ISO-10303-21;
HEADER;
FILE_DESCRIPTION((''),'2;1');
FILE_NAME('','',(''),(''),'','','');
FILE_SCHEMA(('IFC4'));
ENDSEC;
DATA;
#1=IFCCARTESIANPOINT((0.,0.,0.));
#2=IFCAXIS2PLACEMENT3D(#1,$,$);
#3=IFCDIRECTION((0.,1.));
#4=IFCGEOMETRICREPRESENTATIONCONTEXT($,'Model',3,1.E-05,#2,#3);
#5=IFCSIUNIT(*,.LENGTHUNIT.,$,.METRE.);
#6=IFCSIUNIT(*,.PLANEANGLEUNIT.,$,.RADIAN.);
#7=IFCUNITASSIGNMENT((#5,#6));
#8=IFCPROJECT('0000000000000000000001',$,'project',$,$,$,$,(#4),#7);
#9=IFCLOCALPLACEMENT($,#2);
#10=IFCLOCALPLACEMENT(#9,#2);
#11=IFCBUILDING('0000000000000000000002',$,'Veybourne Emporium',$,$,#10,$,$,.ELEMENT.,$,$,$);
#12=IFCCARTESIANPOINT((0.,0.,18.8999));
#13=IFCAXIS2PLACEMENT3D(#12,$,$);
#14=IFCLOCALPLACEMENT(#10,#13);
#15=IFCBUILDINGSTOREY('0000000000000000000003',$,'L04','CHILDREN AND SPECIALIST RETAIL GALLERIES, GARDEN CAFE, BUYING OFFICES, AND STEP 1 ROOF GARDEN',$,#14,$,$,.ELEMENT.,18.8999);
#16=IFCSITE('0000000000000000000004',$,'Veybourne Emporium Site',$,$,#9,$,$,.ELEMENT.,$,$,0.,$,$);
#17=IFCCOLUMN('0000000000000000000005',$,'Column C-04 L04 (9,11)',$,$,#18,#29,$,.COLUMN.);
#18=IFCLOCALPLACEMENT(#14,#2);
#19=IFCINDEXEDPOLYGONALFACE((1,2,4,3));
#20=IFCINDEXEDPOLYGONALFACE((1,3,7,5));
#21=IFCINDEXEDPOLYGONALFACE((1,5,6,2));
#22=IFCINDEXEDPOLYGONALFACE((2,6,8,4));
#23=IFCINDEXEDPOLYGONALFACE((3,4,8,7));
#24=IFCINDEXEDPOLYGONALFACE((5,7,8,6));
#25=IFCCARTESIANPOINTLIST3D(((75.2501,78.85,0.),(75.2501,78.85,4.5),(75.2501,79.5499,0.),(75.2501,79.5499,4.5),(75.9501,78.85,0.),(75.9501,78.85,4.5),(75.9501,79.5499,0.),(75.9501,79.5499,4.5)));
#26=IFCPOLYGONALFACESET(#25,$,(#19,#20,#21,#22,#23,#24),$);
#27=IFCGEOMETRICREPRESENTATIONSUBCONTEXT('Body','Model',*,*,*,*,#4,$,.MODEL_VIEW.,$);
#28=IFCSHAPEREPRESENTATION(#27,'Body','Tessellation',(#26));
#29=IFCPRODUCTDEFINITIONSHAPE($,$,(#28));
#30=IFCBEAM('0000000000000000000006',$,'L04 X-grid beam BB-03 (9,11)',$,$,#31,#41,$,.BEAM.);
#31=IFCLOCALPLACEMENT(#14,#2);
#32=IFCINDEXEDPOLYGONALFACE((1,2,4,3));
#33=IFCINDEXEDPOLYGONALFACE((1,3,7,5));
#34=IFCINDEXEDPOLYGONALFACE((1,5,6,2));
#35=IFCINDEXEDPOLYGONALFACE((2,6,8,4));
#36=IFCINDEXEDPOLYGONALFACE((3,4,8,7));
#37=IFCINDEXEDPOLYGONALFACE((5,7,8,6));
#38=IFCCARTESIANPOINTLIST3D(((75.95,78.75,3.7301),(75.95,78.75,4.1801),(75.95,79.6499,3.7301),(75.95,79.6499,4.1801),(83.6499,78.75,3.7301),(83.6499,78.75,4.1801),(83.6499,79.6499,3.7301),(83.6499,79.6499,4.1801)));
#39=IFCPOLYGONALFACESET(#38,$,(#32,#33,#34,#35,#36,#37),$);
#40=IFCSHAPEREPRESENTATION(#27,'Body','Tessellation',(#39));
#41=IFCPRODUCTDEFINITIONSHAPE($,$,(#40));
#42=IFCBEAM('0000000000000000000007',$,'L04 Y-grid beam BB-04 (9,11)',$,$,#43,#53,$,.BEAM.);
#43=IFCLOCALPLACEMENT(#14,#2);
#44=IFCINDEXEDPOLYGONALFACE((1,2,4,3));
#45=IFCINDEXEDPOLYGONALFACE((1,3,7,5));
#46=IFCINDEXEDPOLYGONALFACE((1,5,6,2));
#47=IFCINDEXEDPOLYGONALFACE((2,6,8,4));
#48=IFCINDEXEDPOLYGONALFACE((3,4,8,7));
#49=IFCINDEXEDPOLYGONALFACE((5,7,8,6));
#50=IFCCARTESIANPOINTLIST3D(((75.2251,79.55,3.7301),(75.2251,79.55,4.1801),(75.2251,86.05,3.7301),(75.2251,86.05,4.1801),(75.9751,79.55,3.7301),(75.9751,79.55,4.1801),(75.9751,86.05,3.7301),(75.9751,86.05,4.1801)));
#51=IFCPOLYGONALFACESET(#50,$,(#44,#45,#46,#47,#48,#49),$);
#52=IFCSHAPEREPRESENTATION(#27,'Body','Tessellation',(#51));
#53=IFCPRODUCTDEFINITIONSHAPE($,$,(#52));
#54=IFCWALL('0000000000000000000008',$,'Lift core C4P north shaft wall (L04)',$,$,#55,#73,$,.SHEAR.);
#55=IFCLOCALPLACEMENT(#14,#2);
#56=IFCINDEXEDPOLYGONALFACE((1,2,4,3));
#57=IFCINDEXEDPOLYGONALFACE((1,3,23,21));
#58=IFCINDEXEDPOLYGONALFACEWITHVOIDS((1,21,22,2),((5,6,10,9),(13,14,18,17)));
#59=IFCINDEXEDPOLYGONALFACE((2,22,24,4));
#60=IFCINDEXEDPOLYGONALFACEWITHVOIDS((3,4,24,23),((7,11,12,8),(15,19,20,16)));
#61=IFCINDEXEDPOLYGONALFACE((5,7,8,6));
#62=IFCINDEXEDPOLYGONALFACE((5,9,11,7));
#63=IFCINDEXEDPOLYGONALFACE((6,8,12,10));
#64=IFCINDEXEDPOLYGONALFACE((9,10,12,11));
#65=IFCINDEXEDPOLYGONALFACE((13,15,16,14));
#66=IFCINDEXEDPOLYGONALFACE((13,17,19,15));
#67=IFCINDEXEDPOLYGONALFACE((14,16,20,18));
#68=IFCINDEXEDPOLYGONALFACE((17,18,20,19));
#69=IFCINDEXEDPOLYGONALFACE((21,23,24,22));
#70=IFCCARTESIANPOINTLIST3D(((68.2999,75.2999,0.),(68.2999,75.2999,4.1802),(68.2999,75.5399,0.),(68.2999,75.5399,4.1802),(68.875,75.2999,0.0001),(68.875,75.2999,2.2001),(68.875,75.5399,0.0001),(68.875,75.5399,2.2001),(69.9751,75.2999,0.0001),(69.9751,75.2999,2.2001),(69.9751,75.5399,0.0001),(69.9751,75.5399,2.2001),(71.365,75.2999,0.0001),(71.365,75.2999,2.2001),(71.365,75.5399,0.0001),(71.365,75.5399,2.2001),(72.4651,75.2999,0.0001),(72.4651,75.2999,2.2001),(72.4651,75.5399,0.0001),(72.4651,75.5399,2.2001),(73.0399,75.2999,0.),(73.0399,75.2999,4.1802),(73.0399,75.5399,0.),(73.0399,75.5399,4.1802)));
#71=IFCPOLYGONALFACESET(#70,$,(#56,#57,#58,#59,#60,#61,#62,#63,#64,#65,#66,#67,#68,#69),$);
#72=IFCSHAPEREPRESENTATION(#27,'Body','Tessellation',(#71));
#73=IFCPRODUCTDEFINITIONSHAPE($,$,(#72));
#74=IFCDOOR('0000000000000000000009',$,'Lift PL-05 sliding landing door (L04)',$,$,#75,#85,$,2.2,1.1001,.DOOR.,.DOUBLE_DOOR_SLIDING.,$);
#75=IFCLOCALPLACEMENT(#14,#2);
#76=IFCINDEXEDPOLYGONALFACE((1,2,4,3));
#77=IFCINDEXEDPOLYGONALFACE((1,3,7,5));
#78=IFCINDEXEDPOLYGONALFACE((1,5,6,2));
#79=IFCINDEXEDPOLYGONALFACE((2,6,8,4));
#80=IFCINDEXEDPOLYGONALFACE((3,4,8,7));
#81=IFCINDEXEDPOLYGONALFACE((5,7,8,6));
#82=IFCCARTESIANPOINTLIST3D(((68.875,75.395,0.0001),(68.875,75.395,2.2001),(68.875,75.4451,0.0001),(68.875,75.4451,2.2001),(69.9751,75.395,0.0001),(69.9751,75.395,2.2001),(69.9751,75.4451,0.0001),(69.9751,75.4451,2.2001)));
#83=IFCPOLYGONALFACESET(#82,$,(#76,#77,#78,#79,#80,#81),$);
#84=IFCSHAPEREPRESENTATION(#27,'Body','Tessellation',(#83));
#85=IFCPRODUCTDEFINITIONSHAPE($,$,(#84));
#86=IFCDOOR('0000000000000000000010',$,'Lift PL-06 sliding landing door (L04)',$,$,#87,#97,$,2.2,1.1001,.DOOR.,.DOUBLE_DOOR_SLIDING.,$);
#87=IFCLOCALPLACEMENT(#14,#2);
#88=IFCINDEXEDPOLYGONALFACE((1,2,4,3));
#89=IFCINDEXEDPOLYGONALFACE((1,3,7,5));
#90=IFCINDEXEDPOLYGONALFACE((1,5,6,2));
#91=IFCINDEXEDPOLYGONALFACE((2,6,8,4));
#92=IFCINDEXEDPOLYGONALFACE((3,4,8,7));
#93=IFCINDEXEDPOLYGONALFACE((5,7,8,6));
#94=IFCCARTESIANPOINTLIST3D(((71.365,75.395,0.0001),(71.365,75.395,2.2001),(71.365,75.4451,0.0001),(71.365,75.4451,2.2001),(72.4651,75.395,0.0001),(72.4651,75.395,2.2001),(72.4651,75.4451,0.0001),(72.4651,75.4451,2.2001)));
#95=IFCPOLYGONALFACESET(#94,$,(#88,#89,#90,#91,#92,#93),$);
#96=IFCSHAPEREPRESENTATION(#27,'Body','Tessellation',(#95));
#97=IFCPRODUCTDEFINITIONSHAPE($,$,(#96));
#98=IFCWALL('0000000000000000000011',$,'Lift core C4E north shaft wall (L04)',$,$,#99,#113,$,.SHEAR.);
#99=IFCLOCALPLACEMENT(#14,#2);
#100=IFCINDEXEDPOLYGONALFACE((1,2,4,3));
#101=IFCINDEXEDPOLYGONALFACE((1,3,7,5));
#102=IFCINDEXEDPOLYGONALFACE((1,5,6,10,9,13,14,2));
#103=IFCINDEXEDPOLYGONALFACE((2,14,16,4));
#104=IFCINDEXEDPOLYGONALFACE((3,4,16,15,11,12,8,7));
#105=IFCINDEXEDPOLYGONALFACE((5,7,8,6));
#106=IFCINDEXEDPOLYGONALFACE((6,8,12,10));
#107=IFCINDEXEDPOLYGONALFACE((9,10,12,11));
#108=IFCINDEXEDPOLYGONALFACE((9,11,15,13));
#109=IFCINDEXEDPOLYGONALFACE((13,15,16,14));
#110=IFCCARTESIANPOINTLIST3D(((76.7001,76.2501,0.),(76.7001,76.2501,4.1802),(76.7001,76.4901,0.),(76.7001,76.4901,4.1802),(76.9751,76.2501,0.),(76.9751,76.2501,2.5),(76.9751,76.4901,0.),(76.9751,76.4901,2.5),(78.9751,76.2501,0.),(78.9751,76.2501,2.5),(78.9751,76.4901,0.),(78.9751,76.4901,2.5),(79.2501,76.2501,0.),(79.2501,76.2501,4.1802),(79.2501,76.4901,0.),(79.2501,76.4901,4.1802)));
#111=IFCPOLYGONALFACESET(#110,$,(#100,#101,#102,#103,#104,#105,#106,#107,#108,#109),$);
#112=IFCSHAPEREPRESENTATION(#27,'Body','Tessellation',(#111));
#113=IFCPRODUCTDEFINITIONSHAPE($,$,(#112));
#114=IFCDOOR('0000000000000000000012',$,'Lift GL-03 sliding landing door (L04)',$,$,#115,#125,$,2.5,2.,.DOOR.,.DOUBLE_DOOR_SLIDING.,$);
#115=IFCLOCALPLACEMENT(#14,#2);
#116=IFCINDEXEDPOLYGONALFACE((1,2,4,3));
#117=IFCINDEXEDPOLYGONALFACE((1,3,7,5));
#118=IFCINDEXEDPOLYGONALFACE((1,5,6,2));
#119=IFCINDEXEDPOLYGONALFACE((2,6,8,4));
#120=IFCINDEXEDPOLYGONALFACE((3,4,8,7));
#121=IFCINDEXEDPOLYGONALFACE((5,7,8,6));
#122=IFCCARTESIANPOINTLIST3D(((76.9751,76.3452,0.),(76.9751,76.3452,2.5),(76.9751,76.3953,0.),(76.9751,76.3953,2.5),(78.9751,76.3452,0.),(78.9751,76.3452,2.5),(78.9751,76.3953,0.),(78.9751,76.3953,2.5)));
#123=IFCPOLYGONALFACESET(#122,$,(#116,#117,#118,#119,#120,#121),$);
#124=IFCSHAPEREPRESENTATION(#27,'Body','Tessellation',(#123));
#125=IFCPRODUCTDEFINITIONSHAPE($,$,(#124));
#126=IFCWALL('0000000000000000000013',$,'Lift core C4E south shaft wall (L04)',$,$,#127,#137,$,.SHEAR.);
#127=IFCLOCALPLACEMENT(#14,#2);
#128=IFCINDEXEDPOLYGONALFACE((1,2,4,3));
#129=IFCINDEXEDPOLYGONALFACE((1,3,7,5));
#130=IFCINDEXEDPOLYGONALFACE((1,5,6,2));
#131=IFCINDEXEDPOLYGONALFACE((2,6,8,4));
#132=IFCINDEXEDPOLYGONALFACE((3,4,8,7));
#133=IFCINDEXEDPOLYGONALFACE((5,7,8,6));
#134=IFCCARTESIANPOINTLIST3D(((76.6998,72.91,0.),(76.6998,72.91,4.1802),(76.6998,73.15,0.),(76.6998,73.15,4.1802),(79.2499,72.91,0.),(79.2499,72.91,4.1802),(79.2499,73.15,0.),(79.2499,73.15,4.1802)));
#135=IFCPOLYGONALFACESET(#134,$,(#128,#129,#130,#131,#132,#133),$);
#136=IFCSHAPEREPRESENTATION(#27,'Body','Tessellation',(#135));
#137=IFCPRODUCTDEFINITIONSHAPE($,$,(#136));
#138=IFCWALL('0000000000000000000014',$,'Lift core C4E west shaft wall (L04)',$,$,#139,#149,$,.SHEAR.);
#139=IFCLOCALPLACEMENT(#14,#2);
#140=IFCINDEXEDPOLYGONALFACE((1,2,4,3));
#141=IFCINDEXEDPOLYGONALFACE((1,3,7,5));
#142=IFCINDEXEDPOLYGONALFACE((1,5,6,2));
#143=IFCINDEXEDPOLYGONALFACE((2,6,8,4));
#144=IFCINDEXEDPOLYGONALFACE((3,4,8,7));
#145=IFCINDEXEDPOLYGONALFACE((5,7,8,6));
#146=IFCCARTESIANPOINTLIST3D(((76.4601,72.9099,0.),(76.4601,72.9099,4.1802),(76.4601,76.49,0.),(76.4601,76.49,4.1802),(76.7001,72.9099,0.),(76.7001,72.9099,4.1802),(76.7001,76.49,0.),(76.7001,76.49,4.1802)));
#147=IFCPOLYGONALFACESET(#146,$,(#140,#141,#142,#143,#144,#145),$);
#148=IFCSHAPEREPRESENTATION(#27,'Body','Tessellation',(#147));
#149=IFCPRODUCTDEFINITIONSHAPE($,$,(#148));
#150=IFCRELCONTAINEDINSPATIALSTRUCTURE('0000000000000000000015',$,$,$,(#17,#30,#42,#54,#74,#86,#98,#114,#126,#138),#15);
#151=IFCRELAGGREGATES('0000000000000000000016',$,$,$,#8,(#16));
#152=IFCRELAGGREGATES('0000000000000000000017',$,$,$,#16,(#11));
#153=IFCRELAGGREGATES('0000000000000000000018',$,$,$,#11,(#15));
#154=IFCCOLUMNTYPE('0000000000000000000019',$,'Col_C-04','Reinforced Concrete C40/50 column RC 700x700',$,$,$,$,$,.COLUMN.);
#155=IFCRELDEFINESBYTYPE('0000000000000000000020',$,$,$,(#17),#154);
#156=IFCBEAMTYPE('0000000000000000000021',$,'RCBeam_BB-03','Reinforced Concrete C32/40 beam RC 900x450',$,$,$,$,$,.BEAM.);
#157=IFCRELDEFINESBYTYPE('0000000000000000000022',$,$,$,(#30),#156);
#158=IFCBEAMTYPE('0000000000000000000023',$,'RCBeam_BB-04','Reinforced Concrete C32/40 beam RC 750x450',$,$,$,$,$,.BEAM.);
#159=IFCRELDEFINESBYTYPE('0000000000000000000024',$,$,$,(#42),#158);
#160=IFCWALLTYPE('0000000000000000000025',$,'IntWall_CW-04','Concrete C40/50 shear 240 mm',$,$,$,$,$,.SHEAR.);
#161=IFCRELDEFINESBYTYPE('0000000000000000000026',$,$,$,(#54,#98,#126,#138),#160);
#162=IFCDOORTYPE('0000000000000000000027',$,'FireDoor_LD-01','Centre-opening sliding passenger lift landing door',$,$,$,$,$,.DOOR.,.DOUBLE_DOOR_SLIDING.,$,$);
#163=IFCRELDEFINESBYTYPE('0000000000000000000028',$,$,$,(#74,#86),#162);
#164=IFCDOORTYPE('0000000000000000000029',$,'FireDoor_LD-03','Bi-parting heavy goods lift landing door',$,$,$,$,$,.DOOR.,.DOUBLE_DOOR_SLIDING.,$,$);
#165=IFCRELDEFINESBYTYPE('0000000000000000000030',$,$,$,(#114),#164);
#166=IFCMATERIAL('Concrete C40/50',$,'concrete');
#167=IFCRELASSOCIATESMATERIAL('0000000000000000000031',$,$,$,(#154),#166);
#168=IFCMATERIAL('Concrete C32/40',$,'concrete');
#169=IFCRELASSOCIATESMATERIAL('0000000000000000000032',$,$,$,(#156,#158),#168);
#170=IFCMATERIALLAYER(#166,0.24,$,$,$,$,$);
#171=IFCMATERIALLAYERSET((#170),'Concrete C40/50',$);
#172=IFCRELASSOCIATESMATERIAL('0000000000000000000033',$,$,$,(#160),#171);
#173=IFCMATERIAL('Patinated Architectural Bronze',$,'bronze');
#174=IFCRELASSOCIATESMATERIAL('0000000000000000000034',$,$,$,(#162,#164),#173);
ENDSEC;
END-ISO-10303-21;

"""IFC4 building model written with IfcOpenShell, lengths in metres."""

from ifc_helpers import new_model, si_unit, direction, frame, frame_2d, origin, origin_2d, place, context, subcontext, project, spatial, rectangle, extrude, material, layer, layer_set, material_profile, profile_set, type_object, element, fill, save


model = new_model("IFC4")

# Units and contexts
model_context = context("Model", 3, precision=1e-05, world=origin(), true_north=direction((0.0, 1.0)))
body_context = subcontext(model_context, "Body", "Model", "MODEL_VIEW")
ifc_project = project(units=[si_unit("LENGTHUNIT", "METRE"), si_unit("PLANEANGLEUNIT", "RADIAN")], contexts=[model_context])

# Site, building, storey
site_placement = place(None, origin())
site = spatial("IfcSite", under=ifc_project, at=site_placement, Name="Veybourne Emporium Site", CompositionType="ELEMENT", RefElevation=0.0)
building_placement = place(site_placement, origin())
building = spatial("IfcBuilding", under=site, at=building_placement, Name="Veybourne Emporium", CompositionType="ELEMENT")
storey_placement = place(building_placement, frame((0.0, 0.0, 18.8999)))
storey = spatial("IfcBuildingStorey", under=building, at=storey_placement, Name="L04", Description="CHILDREN AND SPECIALIST RETAIL GALLERIES, GARDEN CAFE, BUYING OFFICES, AND STEP 1 ROOF GARDEN", CompositionType="ELEMENT", Elevation=18.8999)

# Column
ifc_material_1 = material(Name="Concrete C40/50", Category="concrete")
ifc_material_profile_1 = material_profile(ifc_material_1, rectangle(XDim=0.7, YDim=0.7, at=origin_2d()), Name="RC 700x700")
ifc_profile_set_1 = profile_set([ifc_material_profile_1], Name="Concrete C40/50")
column_type = type_object("IfcColumnType", Name="Col_C-04", Description="Reinforced Concrete C40/50 column RC 700x700", PredefinedType="COLUMN", material=ifc_profile_set_1)
column_placement = place(storey_placement, frame((75.6001, 79.2, 0.0), z_axis=(0.0, 0.0, 1.0), x_axis=(1.0, 0.0, 0.0)))
element("IfcColumn", 1, at=column_placement, inside=storey, type_object=column_type, Name="Column C-04 L04 (9,11)", PredefinedType="COLUMN", context=body_context, shape_type="SweptSolid", body=[
    extrude(rectangle(XDim=0.7, YDim=0.7, at=origin_2d()), origin(), (0.0, 0.0, 1.0), 4.5),
])

# Beams
ifc_material_2 = material(Name="Concrete C32/40", Category="concrete")
ifc_material_profile_2 = material_profile(ifc_material_2, rectangle(XDim=0.8999, YDim=0.45, at=origin_2d()), Name="RC 900x450")
ifc_profile_set_2 = profile_set([ifc_material_profile_2], Name="Concrete C32/40")
beam_type_1 = type_object("IfcBeamType", Name="RCBeam_BB-03", Description="Reinforced Concrete C32/40 beam RC 900x450", PredefinedType="BEAM", material=ifc_profile_set_2)
beam_1_placement = place(storey_placement, frame((75.95, 79.2, 3.9551), z_axis=(1.0, 0.0, 0.0), x_axis=(0.0, 1.0, 0.0)))
element("IfcBeam", 2, at=beam_1_placement, inside=storey, type_object=beam_type_1, Name="L04 X-grid beam BB-03 (9,11)", PredefinedType="BEAM", context=body_context, shape_type="SweptSolid", body=[
    extrude(rectangle(XDim=0.8999, YDim=0.45, at=origin_2d()), origin(), (0.0, 0.0, 1.0), 7.7),
])
ifc_material_profile_3 = material_profile(ifc_material_2, rectangle(XDim=0.75, YDim=0.45, at=origin_2d()), Name="RC 750x450")
ifc_profile_set_3 = profile_set([ifc_material_profile_3], Name="Concrete C32/40")
beam_type_2 = type_object("IfcBeamType", Name="RCBeam_BB-04", Description="Reinforced Concrete C32/40 beam RC 750x450", PredefinedType="BEAM", material=ifc_profile_set_3)
beam_2_placement = place(storey_placement, frame((75.6001, 79.55, 3.9551), z_axis=(0.0, 1.0, 0.0), x_axis=(-1.0, 0.0, 0.0)))
element("IfcBeam", 3, at=beam_2_placement, inside=storey, type_object=beam_type_2, Name="L04 Y-grid beam BB-04 (9,11)", PredefinedType="BEAM", context=body_context, shape_type="SweptSolid", body=[
    extrude(rectangle(XDim=0.75, YDim=0.45, at=origin_2d()), origin(), (0.0, 0.0, 1.0), 6.5),
])

# Wall, openings, doors
ifc_layer_1 = layer(ifc_material_1, 0.24)
ifc_layer_set_1 = layer_set([ifc_layer_1], Name="Concrete C40/50")
wall_type_1 = type_object("IfcWallType", Name="IntWall_CW-04", Description="Concrete C40/50 shear 240 mm", PredefinedType="SHEAR", material=ifc_layer_set_1)
wall_1_placement = place(storey_placement, frame((73.04, 75.4199, 0.0), z_axis=(0.0, 0.0, 1.0), x_axis=(-1.0, 0.0, 0.0)))
wall_1 = element("IfcWall", 4, at=wall_1_placement, inside=storey, type_object=wall_type_1, Name="Lift core C4P north shaft wall (L04)", PredefinedType="SHEAR", context=body_context, shape_type="SweptSolid", body=[
    extrude(rectangle(XDim=4.74, YDim=0.24, at=frame_2d((2.3701, 0.0))), origin(), (0.0, 0.0, 1.0), 4.1802),
])
opening_1_placement = place(wall_1_placement, frame((3.0649, 0.0, 0.0)))
opening_1 = element("IfcOpeningElement", 5, at=opening_1_placement, cuts=wall_1, PredefinedType="OPENING", context=body_context, shape_type="SweptSolid", body=[
    extrude(rectangle(XDim=1.1001, YDim=2.2, at=frame_2d((0.55, 1.1001))), frame((0.0, 0.1401, 0.0), z_axis=(0.0, -1.0, 0.0), x_axis=(1.0, 0.0, 0.0)), (0.0, 0.0, 1.0), 0.28),
])
opening_2_placement = place(wall_1_placement, frame((0.575, 0.0, 0.0)))
opening_2 = element("IfcOpeningElement", 6, at=opening_2_placement, cuts=wall_1, PredefinedType="OPENING", context=body_context, shape_type="SweptSolid", body=[
    extrude(rectangle(XDim=1.1001, YDim=2.2, at=frame_2d((0.55, 1.1001))), frame((0.0, 0.1401, 0.0), z_axis=(0.0, -1.0, 0.0), x_axis=(1.0, 0.0, 0.0)), (0.0, 0.0, 1.0), 0.28),
])
ifc_material_3 = material(Name="Patinated Architectural Bronze", Category="bronze")
door_type_1 = type_object("IfcDoorType", Name="FireDoor_LD-01", Description="Centre-opening sliding passenger lift landing door", OperationType="DOUBLE_DOOR_SLIDING", PredefinedType="DOOR", material=ifc_material_3)
door_1_placement = place(opening_1_placement, origin())
door_1 = element("IfcDoor", 7, at=door_1_placement, inside=storey, type_object=door_type_1, Name="Lift PL-05 sliding landing door (L04)", OperationType="DOUBLE_DOOR_SLIDING", OverallHeight=2.2, OverallWidth=1.1001, PredefinedType="DOOR", context=body_context, shape_type="SweptSolid", body=[
    extrude(rectangle(XDim=1.1001, YDim=2.2, at=frame_2d((0.55, 1.1001))), frame((0.0, 0.0249, 0.0), z_axis=(0.0, -1.0, 0.0), x_axis=(1.0, 0.0, 0.0)), (0.0, 0.0, 1.0), 0.05),
])
fill(opening_1, door_1)
door_2_placement = place(opening_2_placement, origin())
door_2 = element("IfcDoor", 8, at=door_2_placement, inside=storey, type_object=door_type_1, Name="Lift PL-06 sliding landing door (L04)", OperationType="DOUBLE_DOOR_SLIDING", OverallHeight=2.2, OverallWidth=1.1001, PredefinedType="DOOR", context=body_context, shape_type="SweptSolid", body=[
    extrude(rectangle(XDim=1.1001, YDim=2.2, at=frame_2d((0.55, 1.1001))), frame((0.0, 0.0249, 0.0), z_axis=(0.0, -1.0, 0.0), x_axis=(1.0, 0.0, 0.0)), (0.0, 0.0, 1.0), 0.05),
])
fill(opening_2, door_2)

# Wall, opening, door
wall_2_placement = place(storey_placement, frame((79.25, 76.3701, 0.0), z_axis=(0.0, 0.0, 1.0), x_axis=(-1.0, 0.0, 0.0)))
wall_2 = element("IfcWall", 9, at=wall_2_placement, inside=storey, type_object=wall_type_1, Name="Lift core C4E north shaft wall (L04)", PredefinedType="SHEAR", context=body_context, shape_type="SweptSolid", body=[
    extrude(rectangle(XDim=2.55, YDim=0.24, at=frame_2d((1.2749, 0.0))), origin(), (0.0, 0.0, 1.0), 4.1802),
])
opening_3_placement = place(wall_2_placement, frame((0.2749, 0.0, 0.0)))
opening_3 = element("IfcOpeningElement", 10, at=opening_3_placement, cuts=wall_2, PredefinedType="OPENING", context=body_context, shape_type="SweptSolid", body=[
    extrude(rectangle(XDim=2.0, YDim=2.5, at=frame_2d((1.0, 1.25))), frame((0.0, 0.1401, 0.0), z_axis=(0.0, -1.0, 0.0), x_axis=(1.0, 0.0, 0.0)), (0.0, 0.0, 1.0), 0.28),
])
door_type_2 = type_object("IfcDoorType", Name="FireDoor_LD-03", Description="Bi-parting heavy goods lift landing door", OperationType="DOUBLE_DOOR_SLIDING", PredefinedType="DOOR", material=ifc_material_3)
door_3_placement = place(opening_3_placement, origin())
door_3 = element("IfcDoor", 11, at=door_3_placement, inside=storey, type_object=door_type_2, Name="Lift GL-03 sliding landing door (L04)", OperationType="DOUBLE_DOOR_SLIDING", OverallHeight=2.5, OverallWidth=2.0, PredefinedType="DOOR", context=body_context, shape_type="SweptSolid", body=[
    extrude(rectangle(XDim=2.0, YDim=2.5, at=frame_2d((1.0, 1.25))), frame((0.0, 0.0249, 0.0), z_axis=(0.0, -1.0, 0.0), x_axis=(1.0, 0.0, 0.0)), (0.0, 0.0, 1.0), 0.05),
])
fill(opening_3, door_3)

# Walls
wall_3_placement = place(storey_placement, frame((76.7, 73.03, 0.0), z_axis=(0.0, 0.0, 1.0), x_axis=(1.0, 0.0, 0.0)))
element("IfcWall", 12, at=wall_3_placement, inside=storey, type_object=wall_type_1, Name="Lift core C4E south shaft wall (L04)", PredefinedType="SHEAR", context=body_context, shape_type="SweptSolid", body=[
    extrude(rectangle(XDim=2.55, YDim=0.24, at=frame_2d((1.2749, 0.0))), origin(), (0.0, 0.0, 1.0), 4.1802),
])
wall_4_placement = place(storey_placement, frame((76.5801, 76.49, 0.0), z_axis=(0.0, 0.0, 1.0), x_axis=(0.0, -1.0, 0.0)))
element("IfcWall", 13, at=wall_4_placement, inside=storey, type_object=wall_type_1, Name="Lift core C4E west shaft wall (L04)", PredefinedType="SHEAR", context=body_context, shape_type="SweptSolid", body=[
    extrude(rectangle(XDim=3.5801, YDim=0.24, at=frame_2d((1.79, 0.0))), origin(), (0.0, 0.0, 1.0), 4.1802),
])

save(model, "model.ifc")
